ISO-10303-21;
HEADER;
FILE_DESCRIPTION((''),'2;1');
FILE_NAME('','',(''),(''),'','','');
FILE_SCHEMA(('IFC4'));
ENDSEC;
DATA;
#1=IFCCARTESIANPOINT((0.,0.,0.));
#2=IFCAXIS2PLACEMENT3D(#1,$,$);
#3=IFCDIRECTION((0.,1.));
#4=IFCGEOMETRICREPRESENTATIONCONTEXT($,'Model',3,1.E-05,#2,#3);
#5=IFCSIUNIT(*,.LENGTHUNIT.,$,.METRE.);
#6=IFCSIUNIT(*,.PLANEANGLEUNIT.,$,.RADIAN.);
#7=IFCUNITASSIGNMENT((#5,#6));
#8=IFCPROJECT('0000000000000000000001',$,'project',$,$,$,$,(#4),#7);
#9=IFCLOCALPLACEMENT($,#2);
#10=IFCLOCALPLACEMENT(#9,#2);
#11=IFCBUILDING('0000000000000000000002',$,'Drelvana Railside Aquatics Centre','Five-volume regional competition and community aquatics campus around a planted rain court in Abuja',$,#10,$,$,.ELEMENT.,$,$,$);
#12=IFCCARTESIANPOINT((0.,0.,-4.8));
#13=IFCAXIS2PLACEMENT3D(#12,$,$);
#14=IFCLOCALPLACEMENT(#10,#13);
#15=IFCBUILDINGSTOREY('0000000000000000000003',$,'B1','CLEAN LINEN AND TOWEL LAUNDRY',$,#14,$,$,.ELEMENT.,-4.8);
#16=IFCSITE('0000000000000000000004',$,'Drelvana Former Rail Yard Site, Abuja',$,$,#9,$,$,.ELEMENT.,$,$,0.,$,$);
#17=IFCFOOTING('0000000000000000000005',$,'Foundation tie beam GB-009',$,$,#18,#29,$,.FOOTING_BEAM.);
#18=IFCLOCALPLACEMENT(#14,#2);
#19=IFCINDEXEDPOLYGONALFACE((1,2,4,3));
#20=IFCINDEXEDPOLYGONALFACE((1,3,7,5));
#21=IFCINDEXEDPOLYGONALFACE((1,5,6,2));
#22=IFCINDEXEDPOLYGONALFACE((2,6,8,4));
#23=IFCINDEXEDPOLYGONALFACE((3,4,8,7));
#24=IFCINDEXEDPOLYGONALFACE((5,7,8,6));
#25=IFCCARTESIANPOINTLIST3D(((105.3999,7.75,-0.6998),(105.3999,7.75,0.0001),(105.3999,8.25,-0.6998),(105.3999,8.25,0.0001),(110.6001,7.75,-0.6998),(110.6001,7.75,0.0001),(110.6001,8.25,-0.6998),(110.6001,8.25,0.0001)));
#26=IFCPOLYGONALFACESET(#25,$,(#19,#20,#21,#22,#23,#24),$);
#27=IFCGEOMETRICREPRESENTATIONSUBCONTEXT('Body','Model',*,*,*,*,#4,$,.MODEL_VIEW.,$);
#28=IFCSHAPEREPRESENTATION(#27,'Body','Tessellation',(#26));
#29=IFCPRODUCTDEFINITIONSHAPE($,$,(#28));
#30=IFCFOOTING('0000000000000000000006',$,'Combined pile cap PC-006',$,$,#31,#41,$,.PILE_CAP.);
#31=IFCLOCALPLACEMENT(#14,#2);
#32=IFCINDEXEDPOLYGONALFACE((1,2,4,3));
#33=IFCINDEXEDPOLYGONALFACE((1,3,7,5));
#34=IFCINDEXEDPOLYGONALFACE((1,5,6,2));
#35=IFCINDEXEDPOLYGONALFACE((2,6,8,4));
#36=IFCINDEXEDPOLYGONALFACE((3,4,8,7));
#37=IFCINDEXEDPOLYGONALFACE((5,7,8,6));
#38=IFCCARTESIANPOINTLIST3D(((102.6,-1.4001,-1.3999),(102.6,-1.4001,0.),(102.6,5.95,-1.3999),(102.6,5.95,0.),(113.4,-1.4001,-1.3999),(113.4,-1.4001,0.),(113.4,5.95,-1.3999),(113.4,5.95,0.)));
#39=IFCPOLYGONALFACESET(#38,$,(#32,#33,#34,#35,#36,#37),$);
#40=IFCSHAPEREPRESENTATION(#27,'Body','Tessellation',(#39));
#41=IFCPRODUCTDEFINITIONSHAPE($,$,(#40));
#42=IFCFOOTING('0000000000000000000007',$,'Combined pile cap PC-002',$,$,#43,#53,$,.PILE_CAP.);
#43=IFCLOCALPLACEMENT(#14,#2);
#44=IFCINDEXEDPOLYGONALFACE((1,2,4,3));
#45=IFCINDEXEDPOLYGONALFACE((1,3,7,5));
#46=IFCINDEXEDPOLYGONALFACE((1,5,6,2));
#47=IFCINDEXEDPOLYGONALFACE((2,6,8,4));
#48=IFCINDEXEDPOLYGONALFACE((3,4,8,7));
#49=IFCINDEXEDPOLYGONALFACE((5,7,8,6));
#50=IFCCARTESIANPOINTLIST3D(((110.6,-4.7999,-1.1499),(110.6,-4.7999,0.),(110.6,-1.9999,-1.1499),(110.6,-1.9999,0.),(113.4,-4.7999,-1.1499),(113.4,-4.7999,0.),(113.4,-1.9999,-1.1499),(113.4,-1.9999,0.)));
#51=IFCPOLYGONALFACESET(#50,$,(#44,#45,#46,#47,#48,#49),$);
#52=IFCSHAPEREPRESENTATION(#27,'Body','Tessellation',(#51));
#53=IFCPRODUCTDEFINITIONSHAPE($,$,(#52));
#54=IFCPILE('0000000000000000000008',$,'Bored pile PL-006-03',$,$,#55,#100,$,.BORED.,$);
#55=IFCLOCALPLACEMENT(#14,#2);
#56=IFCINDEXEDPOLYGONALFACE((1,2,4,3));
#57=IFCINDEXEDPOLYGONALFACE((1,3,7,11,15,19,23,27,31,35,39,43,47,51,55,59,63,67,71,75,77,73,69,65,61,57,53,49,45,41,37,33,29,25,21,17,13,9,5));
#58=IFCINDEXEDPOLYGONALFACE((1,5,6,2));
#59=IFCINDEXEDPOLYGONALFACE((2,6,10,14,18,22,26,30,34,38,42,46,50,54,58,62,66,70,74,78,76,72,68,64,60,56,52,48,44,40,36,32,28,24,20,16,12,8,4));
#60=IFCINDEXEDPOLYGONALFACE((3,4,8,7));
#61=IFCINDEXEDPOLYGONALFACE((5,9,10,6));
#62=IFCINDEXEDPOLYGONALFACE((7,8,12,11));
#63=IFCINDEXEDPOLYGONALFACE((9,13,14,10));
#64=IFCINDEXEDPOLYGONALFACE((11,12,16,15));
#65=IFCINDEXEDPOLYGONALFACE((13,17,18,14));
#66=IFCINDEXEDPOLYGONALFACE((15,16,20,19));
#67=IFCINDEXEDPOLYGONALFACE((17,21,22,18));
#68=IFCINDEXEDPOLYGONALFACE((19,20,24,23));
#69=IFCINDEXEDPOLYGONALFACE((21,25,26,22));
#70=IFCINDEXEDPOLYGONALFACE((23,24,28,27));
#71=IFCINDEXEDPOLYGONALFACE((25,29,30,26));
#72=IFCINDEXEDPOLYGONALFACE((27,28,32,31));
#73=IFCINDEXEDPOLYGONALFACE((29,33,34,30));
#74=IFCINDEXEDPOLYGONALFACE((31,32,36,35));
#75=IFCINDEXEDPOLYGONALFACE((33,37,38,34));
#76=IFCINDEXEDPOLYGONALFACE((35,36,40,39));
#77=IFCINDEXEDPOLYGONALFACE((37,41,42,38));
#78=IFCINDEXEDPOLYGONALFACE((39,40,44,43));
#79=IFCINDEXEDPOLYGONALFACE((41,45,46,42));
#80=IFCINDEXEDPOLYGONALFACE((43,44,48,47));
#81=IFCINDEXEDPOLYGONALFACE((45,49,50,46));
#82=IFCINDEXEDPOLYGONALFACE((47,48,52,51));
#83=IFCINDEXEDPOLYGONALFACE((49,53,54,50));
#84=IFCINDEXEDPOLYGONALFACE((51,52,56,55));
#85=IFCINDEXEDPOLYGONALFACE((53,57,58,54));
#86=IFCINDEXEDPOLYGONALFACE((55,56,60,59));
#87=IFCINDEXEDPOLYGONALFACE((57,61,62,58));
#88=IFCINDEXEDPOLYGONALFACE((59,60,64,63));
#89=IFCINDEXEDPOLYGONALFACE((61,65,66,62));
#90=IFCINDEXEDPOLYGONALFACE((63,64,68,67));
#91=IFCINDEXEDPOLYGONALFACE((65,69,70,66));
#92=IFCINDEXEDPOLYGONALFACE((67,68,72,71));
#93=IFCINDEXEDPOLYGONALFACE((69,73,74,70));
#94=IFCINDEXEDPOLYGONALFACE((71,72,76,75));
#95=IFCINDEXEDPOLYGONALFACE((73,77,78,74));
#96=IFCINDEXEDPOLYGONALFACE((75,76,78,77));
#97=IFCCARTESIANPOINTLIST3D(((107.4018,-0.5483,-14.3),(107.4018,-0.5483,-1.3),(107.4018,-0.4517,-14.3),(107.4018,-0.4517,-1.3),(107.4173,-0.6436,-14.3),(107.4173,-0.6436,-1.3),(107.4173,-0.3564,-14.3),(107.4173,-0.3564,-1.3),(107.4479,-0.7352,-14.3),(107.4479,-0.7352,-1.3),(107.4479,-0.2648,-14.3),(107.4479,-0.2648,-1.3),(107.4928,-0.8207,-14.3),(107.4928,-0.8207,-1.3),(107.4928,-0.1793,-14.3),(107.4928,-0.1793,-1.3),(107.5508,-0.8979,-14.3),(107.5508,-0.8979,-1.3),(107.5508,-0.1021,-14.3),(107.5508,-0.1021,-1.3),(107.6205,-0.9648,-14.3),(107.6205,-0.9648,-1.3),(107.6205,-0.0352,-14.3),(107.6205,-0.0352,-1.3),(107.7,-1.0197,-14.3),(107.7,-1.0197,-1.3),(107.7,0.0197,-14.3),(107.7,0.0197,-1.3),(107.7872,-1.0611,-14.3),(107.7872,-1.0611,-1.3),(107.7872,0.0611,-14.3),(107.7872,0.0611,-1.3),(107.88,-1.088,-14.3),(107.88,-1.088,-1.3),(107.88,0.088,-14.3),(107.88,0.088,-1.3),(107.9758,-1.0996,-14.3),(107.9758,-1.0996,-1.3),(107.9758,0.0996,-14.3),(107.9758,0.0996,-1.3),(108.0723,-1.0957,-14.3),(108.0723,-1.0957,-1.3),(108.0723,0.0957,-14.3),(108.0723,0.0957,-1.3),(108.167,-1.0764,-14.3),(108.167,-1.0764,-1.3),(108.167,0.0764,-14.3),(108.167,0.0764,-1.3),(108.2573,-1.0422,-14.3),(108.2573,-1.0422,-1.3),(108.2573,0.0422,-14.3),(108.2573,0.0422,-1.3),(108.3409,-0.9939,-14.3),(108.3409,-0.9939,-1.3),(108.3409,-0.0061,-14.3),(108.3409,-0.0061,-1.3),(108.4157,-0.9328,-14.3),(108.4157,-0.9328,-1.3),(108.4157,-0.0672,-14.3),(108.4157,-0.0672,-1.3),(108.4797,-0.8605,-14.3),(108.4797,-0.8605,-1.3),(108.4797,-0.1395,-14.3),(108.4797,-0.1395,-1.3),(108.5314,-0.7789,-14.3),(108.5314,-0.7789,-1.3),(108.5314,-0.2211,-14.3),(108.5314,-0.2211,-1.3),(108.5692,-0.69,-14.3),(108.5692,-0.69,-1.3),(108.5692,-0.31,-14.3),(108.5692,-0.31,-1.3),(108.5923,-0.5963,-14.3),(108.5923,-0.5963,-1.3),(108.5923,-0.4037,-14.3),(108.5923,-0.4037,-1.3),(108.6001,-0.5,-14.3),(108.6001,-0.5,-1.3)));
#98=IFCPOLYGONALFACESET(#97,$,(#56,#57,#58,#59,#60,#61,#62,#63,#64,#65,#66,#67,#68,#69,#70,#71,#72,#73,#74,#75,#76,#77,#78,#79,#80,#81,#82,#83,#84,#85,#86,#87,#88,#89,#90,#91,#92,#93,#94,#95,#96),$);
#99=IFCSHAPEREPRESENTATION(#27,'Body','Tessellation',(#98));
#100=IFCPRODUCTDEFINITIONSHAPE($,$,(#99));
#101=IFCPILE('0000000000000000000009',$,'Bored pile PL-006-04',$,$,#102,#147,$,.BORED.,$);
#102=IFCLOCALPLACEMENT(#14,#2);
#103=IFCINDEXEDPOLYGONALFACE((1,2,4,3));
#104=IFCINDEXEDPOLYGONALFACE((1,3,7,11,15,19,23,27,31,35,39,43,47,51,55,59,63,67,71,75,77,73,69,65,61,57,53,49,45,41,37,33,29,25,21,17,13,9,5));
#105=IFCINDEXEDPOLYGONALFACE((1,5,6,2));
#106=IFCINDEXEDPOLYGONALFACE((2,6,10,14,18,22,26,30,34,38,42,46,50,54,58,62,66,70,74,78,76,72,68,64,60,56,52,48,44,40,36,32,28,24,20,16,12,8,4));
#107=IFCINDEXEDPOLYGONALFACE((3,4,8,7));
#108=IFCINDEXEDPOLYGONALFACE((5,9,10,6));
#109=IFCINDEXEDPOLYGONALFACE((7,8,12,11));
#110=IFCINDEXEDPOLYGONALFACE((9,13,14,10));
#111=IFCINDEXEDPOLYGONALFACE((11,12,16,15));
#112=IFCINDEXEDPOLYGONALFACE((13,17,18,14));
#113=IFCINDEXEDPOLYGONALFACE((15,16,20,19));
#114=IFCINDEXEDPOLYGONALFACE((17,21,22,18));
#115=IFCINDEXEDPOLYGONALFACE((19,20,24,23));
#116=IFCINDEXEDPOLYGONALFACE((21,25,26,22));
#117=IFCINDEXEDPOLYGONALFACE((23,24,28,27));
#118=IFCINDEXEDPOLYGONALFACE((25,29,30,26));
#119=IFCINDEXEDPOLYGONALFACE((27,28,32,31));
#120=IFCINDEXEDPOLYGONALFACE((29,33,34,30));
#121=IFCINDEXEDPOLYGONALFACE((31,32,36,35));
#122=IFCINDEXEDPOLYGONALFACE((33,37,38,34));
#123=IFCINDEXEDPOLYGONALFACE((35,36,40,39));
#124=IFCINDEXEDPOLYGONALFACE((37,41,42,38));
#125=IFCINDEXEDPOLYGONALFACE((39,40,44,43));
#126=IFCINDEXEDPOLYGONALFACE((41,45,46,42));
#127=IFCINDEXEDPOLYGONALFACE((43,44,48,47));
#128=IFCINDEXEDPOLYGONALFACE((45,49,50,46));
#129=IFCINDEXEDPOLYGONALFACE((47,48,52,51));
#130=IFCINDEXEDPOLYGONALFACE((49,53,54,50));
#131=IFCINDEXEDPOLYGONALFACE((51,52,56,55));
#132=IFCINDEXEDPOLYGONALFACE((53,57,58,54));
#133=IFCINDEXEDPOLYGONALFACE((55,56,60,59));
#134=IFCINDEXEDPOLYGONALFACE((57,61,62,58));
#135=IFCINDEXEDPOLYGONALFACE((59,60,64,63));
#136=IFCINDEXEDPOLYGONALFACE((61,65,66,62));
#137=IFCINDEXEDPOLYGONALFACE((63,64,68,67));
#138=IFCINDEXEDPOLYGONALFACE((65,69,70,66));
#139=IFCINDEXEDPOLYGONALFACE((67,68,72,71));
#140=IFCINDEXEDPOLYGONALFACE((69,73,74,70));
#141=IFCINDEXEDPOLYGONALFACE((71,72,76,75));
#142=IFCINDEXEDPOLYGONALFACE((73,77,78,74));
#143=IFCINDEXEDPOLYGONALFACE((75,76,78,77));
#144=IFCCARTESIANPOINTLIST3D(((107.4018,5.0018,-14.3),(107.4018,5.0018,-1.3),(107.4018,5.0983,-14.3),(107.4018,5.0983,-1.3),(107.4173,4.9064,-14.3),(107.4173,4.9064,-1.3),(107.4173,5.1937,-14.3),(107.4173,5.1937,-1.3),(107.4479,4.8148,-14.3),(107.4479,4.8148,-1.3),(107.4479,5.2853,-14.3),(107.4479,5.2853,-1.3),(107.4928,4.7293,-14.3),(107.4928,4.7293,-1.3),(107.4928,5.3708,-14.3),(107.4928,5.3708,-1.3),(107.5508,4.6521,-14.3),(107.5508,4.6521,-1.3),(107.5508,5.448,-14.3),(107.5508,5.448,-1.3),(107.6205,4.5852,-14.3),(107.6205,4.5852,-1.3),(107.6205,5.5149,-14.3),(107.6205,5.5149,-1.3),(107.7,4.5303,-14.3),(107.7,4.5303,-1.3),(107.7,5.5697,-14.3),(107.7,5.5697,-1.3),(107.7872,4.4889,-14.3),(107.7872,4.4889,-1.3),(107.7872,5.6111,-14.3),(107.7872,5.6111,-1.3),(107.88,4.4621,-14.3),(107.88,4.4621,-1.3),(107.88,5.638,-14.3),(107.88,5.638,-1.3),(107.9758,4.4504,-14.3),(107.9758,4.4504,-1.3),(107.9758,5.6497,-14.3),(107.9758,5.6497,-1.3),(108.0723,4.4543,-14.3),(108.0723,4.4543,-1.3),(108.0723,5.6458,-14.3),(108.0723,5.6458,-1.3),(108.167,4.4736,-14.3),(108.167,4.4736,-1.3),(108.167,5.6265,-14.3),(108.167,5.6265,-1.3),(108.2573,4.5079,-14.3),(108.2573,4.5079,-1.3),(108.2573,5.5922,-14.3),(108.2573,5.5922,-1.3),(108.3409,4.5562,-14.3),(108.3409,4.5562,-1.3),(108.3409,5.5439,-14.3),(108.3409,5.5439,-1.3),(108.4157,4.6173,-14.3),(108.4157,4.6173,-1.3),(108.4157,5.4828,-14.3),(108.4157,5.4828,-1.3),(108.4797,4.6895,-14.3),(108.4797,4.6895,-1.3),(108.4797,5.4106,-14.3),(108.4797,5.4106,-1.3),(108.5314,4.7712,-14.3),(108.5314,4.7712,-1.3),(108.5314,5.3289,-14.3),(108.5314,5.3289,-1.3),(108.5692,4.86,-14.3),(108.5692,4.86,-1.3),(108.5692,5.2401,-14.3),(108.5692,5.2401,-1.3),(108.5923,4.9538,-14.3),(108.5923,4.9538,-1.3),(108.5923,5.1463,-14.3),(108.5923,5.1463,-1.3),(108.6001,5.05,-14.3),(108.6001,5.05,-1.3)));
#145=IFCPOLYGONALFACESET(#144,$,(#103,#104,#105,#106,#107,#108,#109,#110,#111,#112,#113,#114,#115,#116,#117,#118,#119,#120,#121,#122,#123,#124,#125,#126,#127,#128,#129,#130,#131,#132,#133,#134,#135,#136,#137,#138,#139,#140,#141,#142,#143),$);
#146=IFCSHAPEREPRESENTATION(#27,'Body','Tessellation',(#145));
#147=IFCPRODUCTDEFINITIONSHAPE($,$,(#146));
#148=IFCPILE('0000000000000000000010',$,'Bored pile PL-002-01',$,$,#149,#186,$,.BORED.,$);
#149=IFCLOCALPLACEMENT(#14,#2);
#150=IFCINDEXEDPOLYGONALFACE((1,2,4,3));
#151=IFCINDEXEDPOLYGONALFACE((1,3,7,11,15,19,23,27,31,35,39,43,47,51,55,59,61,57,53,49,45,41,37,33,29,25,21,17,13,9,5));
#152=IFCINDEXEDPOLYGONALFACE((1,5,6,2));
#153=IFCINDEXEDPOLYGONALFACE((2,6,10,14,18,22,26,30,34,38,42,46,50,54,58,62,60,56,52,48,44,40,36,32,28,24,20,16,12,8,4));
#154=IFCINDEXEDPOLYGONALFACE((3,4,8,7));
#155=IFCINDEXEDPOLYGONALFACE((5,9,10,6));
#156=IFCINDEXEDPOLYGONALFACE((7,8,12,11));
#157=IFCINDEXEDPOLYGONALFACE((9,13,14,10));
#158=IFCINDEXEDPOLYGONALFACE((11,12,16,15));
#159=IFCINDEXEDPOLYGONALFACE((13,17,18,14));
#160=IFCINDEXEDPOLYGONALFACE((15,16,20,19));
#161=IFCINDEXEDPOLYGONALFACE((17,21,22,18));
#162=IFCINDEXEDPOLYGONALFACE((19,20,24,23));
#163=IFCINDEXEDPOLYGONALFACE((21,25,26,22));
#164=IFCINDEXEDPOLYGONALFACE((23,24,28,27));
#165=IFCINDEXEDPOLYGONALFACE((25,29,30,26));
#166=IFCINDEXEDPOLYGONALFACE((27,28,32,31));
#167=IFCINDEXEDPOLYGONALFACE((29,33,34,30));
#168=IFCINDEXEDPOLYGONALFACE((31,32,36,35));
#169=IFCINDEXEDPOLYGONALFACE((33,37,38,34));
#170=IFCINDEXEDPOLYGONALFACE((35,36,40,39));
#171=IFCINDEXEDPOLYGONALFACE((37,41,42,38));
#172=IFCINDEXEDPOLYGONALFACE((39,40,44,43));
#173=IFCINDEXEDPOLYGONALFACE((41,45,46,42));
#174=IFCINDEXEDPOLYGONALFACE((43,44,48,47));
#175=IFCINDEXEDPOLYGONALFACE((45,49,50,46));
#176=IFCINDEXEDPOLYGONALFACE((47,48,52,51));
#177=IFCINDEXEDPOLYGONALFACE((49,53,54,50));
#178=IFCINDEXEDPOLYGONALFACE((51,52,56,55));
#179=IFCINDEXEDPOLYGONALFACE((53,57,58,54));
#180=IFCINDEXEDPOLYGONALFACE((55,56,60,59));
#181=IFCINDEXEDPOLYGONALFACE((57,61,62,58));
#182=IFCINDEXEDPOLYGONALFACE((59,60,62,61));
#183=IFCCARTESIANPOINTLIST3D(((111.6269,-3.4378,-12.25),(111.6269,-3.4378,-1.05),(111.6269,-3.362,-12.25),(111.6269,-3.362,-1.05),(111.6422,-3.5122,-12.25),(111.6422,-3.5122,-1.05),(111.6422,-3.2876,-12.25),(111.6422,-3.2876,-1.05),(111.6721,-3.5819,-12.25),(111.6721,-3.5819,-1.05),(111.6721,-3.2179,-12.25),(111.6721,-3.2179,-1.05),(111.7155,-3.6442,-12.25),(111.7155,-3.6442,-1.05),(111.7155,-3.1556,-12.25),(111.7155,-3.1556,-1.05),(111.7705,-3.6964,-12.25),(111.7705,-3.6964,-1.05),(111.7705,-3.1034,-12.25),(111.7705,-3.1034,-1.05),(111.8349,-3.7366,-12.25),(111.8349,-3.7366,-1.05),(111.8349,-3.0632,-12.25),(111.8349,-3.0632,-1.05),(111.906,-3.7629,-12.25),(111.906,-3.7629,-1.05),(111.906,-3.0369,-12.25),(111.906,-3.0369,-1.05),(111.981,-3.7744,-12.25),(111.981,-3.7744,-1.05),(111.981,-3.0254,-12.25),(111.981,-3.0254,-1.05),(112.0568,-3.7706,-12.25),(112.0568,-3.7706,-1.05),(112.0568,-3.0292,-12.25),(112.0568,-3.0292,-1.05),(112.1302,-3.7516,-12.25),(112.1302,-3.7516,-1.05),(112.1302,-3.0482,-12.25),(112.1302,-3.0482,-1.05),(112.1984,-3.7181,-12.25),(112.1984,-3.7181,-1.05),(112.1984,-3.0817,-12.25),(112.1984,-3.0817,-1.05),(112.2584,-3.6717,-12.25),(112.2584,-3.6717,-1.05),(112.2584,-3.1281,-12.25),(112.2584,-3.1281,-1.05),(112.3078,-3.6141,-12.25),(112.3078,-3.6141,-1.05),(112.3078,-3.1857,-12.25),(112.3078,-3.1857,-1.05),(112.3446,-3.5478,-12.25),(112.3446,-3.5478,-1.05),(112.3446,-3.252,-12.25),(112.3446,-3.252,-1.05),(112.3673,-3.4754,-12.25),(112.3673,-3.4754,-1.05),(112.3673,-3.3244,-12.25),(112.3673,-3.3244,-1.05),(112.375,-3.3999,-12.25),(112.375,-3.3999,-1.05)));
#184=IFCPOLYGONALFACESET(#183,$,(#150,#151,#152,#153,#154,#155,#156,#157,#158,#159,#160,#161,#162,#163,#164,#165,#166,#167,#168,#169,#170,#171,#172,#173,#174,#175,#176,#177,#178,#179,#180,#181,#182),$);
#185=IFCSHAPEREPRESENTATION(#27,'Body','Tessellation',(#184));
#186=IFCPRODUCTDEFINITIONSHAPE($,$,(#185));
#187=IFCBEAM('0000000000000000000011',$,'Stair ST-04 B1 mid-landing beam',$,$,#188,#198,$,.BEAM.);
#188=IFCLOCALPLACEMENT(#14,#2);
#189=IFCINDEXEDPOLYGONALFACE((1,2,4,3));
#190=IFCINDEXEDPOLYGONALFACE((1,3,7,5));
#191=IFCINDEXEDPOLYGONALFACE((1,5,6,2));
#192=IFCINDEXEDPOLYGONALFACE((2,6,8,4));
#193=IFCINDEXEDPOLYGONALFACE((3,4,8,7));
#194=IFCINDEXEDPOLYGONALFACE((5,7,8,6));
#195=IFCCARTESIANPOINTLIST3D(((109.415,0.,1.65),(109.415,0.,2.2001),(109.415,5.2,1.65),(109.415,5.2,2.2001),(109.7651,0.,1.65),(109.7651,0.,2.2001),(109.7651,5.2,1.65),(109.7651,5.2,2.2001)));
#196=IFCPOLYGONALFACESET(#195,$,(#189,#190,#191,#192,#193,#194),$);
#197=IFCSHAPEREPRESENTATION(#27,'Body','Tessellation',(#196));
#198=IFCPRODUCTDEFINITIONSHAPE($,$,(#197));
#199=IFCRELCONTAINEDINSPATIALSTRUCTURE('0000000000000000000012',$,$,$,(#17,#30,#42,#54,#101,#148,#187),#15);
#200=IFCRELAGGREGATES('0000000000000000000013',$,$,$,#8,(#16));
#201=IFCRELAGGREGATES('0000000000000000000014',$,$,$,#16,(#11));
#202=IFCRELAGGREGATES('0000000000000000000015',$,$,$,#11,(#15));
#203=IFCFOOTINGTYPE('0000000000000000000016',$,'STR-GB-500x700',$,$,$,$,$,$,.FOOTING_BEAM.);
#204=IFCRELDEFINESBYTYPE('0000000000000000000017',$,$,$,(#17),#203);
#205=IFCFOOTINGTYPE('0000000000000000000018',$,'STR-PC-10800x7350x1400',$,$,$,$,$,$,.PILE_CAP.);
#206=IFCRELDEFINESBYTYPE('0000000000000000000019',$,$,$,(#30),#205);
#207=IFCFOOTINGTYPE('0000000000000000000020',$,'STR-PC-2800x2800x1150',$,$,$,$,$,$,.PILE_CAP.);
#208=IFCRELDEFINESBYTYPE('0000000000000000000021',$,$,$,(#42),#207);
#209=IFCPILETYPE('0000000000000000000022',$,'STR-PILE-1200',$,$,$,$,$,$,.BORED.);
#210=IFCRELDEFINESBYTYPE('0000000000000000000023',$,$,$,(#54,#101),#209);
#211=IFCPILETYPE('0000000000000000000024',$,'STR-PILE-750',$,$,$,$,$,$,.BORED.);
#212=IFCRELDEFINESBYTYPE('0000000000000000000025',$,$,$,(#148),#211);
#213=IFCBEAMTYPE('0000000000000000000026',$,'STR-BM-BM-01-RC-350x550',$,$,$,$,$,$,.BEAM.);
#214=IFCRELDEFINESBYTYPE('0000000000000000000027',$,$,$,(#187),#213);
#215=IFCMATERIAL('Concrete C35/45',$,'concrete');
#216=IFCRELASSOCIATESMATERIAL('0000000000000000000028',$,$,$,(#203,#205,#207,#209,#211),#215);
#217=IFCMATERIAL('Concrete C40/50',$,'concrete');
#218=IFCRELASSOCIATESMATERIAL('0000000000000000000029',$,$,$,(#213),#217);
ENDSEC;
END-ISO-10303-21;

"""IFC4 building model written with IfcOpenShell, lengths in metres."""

from ifc_helpers import new_model, si_unit, direction, frame, origin, origin_2d, place, context, subcontext, project, spatial, rectangle, circle, extrude, material, material_profile, profile_set, type_object, element, save


model = new_model("IFC4")

# Units and contexts
model_context = context("Model", 3, precision=1e-05, world=origin(), true_north=direction((0.0, 1.0)))
body_context = subcontext(model_context, "Body", "Model", "MODEL_VIEW")
ifc_project = project(units=[si_unit("LENGTHUNIT", "METRE"), si_unit("PLANEANGLEUNIT", "RADIAN")], contexts=[model_context])

# Site, building, storey
site_placement = place(None, origin())
site = spatial("IfcSite", under=ifc_project, at=site_placement, Name="Drelvana Former Rail Yard Site, Abuja", CompositionType="ELEMENT", RefElevation=0.0)
building_placement = place(site_placement, origin())
building = spatial("IfcBuilding", under=site, at=building_placement, Name="Drelvana Railside Aquatics Centre", Description="Five-volume regional competition and community aquatics campus around a planted rain court in Abuja", CompositionType="ELEMENT")
storey_placement = place(building_placement, frame((0.0, 0.0, -4.8)))
storey = spatial("IfcBuildingStorey", under=building, at=storey_placement, Name="B1", Description="CLEAN LINEN AND TOWEL LAUNDRY", CompositionType="ELEMENT", Elevation=-4.8)

# Footings
ifc_material_1 = material(Name="Concrete C35/45", Category="concrete")
ifc_material_profile_1 = material_profile(ifc_material_1, rectangle(XDim=0.5, YDim=0.7, at=origin_2d()), Name="GB 500x700")
ifc_profile_set_1 = profile_set([ifc_material_profile_1], Name="Concrete C35/45")
footing_type_1 = type_object("IfcFootingType", Name="STR-GB-500x700", PredefinedType="FOOTING_BEAM", material=ifc_profile_set_1)
footing_1_placement = place(storey_placement, frame((105.3999, 8.0, -0.3499), z_axis=(1.0, 0.0, 0.0), x_axis=(0.0, 1.0, 0.0)))
element("IfcFooting", 1, at=footing_1_placement, inside=storey, type_object=footing_type_1, Name="Foundation tie beam GB-009", PredefinedType="FOOTING_BEAM", context=body_context, shape_type="SweptSolid", body=[
    extrude(rectangle(XDim=0.5, YDim=0.7, at=origin_2d()), origin(), (0.0, 0.0, 1.0), 5.2002),
])
footing_type_2 = type_object("IfcFootingType", Name="STR-PC-10800x7350x1400", PredefinedType="PILE_CAP", material=ifc_material_1)
footing_2_placement = place(storey_placement, frame((108.0, 2.2749, -1.3999), z_axis=(0.0, 0.0, 1.0), x_axis=(1.0, 0.0, 0.0)))
element("IfcFooting", 2, at=footing_2_placement, inside=storey, type_object=footing_type_2, Name="Combined pile cap PC-006", PredefinedType="PILE_CAP", context=body_context, shape_type="SweptSolid", body=[
    extrude(rectangle(XDim=10.8, YDim=7.3501, at=origin_2d()), origin(), (0.0, 0.0, 1.0), 1.3999),
])
footing_type_3 = type_object("IfcFootingType", Name="STR-PC-2800x2800x1150", PredefinedType="PILE_CAP", material=ifc_material_1)
footing_3_placement = place(storey_placement, frame((112.0, -3.3999, -1.1499), z_axis=(0.0, 0.0, 1.0), x_axis=(1.0, 0.0, 0.0)))
element("IfcFooting", 3, at=footing_3_placement, inside=storey, type_object=footing_type_3, Name="Combined pile cap PC-002", PredefinedType="PILE_CAP", context=body_context, shape_type="SweptSolid", body=[
    extrude(rectangle(XDim=2.8, YDim=2.8, at=origin_2d()), origin(), (0.0, 0.0, 1.0), 1.1499),
])

# Piles
ifc_material_profile_2 = material_profile(ifc_material_1, circle(Radius=0.6001, at=origin_2d()), Name="PILE D1200")
ifc_profile_set_2 = profile_set([ifc_material_profile_2], Name="Concrete C35/45")
pile_type_1 = type_object("IfcPileType", Name="STR-PILE-1200", PredefinedType="BORED", material=ifc_profile_set_2)
for number, where, z_axis, x_axis, name in (
    (4, (108.0, -0.5, -1.3), (0.0, 0.0, -1.0), (1.0, 0.0, 0.0), "Bored pile PL-006-03"),
    (5, (108.0, 5.05, -1.3), (0.0, 0.0, -1.0), (1.0, 0.0, 0.0), "Bored pile PL-006-04"),
):
    element("IfcPile", number, at=place(storey_placement, frame(where, z_axis=z_axis, x_axis=x_axis)), inside=storey, type_object=pile_type_1, Name=name, PredefinedType="BORED", context=body_context, shape_type="SweptSolid", body=[
        extrude(circle(Radius=0.6001, at=origin_2d()), origin(), (0.0, 0.0, 1.0), 13.0),
    ])
ifc_material_profile_3 = material_profile(ifc_material_1, circle(Radius=0.375, at=origin_2d()), Name="PILE D750")
ifc_profile_set_3 = profile_set([ifc_material_profile_3], Name="Concrete C35/45")
pile_type_2 = type_object("IfcPileType", Name="STR-PILE-750", PredefinedType="BORED", material=ifc_profile_set_3)
pile_placement = place(storey_placement, frame((112.0, -3.3999, -1.05), z_axis=(0.0, 0.0, -1.0), x_axis=(1.0, 0.0, 0.0)))
element("IfcPile", 6, at=pile_placement, inside=storey, type_object=pile_type_2, Name="Bored pile PL-002-01", PredefinedType="BORED", context=body_context, shape_type="SweptSolid", body=[
    extrude(circle(Radius=0.375, at=origin_2d()), origin(), (0.0, 0.0, 1.0), 11.2),
])

# Beam
ifc_material_2 = material(Name="Concrete C40/50", Category="concrete")
ifc_material_profile_4 = material_profile(ifc_material_2, rectangle(XDim=0.3501, YDim=0.55, at=origin_2d()), Name="RC 350x550")
ifc_profile_set_4 = profile_set([ifc_material_profile_4], Name="Concrete C40/50")
beam_type = type_object("IfcBeamType", Name="STR-BM-BM-01-RC-350x550", PredefinedType="BEAM", material=ifc_profile_set_4)
beam_placement = place(storey_placement, frame((109.5901, 0.0, 1.925), z_axis=(0.0, 1.0, 0.0), x_axis=(-1.0, 0.0, 0.0)))
element("IfcBeam", 7, at=beam_placement, inside=storey, type_object=beam_type, Name="Stair ST-04 B1 mid-landing beam", PredefinedType="BEAM", context=body_context, shape_type="SweptSolid", body=[
    extrude(rectangle(XDim=0.3501, YDim=0.55, at=origin_2d()), origin(), (0.0, 0.0, 1.0), 5.2),
])

save(model, "model.ifc")
